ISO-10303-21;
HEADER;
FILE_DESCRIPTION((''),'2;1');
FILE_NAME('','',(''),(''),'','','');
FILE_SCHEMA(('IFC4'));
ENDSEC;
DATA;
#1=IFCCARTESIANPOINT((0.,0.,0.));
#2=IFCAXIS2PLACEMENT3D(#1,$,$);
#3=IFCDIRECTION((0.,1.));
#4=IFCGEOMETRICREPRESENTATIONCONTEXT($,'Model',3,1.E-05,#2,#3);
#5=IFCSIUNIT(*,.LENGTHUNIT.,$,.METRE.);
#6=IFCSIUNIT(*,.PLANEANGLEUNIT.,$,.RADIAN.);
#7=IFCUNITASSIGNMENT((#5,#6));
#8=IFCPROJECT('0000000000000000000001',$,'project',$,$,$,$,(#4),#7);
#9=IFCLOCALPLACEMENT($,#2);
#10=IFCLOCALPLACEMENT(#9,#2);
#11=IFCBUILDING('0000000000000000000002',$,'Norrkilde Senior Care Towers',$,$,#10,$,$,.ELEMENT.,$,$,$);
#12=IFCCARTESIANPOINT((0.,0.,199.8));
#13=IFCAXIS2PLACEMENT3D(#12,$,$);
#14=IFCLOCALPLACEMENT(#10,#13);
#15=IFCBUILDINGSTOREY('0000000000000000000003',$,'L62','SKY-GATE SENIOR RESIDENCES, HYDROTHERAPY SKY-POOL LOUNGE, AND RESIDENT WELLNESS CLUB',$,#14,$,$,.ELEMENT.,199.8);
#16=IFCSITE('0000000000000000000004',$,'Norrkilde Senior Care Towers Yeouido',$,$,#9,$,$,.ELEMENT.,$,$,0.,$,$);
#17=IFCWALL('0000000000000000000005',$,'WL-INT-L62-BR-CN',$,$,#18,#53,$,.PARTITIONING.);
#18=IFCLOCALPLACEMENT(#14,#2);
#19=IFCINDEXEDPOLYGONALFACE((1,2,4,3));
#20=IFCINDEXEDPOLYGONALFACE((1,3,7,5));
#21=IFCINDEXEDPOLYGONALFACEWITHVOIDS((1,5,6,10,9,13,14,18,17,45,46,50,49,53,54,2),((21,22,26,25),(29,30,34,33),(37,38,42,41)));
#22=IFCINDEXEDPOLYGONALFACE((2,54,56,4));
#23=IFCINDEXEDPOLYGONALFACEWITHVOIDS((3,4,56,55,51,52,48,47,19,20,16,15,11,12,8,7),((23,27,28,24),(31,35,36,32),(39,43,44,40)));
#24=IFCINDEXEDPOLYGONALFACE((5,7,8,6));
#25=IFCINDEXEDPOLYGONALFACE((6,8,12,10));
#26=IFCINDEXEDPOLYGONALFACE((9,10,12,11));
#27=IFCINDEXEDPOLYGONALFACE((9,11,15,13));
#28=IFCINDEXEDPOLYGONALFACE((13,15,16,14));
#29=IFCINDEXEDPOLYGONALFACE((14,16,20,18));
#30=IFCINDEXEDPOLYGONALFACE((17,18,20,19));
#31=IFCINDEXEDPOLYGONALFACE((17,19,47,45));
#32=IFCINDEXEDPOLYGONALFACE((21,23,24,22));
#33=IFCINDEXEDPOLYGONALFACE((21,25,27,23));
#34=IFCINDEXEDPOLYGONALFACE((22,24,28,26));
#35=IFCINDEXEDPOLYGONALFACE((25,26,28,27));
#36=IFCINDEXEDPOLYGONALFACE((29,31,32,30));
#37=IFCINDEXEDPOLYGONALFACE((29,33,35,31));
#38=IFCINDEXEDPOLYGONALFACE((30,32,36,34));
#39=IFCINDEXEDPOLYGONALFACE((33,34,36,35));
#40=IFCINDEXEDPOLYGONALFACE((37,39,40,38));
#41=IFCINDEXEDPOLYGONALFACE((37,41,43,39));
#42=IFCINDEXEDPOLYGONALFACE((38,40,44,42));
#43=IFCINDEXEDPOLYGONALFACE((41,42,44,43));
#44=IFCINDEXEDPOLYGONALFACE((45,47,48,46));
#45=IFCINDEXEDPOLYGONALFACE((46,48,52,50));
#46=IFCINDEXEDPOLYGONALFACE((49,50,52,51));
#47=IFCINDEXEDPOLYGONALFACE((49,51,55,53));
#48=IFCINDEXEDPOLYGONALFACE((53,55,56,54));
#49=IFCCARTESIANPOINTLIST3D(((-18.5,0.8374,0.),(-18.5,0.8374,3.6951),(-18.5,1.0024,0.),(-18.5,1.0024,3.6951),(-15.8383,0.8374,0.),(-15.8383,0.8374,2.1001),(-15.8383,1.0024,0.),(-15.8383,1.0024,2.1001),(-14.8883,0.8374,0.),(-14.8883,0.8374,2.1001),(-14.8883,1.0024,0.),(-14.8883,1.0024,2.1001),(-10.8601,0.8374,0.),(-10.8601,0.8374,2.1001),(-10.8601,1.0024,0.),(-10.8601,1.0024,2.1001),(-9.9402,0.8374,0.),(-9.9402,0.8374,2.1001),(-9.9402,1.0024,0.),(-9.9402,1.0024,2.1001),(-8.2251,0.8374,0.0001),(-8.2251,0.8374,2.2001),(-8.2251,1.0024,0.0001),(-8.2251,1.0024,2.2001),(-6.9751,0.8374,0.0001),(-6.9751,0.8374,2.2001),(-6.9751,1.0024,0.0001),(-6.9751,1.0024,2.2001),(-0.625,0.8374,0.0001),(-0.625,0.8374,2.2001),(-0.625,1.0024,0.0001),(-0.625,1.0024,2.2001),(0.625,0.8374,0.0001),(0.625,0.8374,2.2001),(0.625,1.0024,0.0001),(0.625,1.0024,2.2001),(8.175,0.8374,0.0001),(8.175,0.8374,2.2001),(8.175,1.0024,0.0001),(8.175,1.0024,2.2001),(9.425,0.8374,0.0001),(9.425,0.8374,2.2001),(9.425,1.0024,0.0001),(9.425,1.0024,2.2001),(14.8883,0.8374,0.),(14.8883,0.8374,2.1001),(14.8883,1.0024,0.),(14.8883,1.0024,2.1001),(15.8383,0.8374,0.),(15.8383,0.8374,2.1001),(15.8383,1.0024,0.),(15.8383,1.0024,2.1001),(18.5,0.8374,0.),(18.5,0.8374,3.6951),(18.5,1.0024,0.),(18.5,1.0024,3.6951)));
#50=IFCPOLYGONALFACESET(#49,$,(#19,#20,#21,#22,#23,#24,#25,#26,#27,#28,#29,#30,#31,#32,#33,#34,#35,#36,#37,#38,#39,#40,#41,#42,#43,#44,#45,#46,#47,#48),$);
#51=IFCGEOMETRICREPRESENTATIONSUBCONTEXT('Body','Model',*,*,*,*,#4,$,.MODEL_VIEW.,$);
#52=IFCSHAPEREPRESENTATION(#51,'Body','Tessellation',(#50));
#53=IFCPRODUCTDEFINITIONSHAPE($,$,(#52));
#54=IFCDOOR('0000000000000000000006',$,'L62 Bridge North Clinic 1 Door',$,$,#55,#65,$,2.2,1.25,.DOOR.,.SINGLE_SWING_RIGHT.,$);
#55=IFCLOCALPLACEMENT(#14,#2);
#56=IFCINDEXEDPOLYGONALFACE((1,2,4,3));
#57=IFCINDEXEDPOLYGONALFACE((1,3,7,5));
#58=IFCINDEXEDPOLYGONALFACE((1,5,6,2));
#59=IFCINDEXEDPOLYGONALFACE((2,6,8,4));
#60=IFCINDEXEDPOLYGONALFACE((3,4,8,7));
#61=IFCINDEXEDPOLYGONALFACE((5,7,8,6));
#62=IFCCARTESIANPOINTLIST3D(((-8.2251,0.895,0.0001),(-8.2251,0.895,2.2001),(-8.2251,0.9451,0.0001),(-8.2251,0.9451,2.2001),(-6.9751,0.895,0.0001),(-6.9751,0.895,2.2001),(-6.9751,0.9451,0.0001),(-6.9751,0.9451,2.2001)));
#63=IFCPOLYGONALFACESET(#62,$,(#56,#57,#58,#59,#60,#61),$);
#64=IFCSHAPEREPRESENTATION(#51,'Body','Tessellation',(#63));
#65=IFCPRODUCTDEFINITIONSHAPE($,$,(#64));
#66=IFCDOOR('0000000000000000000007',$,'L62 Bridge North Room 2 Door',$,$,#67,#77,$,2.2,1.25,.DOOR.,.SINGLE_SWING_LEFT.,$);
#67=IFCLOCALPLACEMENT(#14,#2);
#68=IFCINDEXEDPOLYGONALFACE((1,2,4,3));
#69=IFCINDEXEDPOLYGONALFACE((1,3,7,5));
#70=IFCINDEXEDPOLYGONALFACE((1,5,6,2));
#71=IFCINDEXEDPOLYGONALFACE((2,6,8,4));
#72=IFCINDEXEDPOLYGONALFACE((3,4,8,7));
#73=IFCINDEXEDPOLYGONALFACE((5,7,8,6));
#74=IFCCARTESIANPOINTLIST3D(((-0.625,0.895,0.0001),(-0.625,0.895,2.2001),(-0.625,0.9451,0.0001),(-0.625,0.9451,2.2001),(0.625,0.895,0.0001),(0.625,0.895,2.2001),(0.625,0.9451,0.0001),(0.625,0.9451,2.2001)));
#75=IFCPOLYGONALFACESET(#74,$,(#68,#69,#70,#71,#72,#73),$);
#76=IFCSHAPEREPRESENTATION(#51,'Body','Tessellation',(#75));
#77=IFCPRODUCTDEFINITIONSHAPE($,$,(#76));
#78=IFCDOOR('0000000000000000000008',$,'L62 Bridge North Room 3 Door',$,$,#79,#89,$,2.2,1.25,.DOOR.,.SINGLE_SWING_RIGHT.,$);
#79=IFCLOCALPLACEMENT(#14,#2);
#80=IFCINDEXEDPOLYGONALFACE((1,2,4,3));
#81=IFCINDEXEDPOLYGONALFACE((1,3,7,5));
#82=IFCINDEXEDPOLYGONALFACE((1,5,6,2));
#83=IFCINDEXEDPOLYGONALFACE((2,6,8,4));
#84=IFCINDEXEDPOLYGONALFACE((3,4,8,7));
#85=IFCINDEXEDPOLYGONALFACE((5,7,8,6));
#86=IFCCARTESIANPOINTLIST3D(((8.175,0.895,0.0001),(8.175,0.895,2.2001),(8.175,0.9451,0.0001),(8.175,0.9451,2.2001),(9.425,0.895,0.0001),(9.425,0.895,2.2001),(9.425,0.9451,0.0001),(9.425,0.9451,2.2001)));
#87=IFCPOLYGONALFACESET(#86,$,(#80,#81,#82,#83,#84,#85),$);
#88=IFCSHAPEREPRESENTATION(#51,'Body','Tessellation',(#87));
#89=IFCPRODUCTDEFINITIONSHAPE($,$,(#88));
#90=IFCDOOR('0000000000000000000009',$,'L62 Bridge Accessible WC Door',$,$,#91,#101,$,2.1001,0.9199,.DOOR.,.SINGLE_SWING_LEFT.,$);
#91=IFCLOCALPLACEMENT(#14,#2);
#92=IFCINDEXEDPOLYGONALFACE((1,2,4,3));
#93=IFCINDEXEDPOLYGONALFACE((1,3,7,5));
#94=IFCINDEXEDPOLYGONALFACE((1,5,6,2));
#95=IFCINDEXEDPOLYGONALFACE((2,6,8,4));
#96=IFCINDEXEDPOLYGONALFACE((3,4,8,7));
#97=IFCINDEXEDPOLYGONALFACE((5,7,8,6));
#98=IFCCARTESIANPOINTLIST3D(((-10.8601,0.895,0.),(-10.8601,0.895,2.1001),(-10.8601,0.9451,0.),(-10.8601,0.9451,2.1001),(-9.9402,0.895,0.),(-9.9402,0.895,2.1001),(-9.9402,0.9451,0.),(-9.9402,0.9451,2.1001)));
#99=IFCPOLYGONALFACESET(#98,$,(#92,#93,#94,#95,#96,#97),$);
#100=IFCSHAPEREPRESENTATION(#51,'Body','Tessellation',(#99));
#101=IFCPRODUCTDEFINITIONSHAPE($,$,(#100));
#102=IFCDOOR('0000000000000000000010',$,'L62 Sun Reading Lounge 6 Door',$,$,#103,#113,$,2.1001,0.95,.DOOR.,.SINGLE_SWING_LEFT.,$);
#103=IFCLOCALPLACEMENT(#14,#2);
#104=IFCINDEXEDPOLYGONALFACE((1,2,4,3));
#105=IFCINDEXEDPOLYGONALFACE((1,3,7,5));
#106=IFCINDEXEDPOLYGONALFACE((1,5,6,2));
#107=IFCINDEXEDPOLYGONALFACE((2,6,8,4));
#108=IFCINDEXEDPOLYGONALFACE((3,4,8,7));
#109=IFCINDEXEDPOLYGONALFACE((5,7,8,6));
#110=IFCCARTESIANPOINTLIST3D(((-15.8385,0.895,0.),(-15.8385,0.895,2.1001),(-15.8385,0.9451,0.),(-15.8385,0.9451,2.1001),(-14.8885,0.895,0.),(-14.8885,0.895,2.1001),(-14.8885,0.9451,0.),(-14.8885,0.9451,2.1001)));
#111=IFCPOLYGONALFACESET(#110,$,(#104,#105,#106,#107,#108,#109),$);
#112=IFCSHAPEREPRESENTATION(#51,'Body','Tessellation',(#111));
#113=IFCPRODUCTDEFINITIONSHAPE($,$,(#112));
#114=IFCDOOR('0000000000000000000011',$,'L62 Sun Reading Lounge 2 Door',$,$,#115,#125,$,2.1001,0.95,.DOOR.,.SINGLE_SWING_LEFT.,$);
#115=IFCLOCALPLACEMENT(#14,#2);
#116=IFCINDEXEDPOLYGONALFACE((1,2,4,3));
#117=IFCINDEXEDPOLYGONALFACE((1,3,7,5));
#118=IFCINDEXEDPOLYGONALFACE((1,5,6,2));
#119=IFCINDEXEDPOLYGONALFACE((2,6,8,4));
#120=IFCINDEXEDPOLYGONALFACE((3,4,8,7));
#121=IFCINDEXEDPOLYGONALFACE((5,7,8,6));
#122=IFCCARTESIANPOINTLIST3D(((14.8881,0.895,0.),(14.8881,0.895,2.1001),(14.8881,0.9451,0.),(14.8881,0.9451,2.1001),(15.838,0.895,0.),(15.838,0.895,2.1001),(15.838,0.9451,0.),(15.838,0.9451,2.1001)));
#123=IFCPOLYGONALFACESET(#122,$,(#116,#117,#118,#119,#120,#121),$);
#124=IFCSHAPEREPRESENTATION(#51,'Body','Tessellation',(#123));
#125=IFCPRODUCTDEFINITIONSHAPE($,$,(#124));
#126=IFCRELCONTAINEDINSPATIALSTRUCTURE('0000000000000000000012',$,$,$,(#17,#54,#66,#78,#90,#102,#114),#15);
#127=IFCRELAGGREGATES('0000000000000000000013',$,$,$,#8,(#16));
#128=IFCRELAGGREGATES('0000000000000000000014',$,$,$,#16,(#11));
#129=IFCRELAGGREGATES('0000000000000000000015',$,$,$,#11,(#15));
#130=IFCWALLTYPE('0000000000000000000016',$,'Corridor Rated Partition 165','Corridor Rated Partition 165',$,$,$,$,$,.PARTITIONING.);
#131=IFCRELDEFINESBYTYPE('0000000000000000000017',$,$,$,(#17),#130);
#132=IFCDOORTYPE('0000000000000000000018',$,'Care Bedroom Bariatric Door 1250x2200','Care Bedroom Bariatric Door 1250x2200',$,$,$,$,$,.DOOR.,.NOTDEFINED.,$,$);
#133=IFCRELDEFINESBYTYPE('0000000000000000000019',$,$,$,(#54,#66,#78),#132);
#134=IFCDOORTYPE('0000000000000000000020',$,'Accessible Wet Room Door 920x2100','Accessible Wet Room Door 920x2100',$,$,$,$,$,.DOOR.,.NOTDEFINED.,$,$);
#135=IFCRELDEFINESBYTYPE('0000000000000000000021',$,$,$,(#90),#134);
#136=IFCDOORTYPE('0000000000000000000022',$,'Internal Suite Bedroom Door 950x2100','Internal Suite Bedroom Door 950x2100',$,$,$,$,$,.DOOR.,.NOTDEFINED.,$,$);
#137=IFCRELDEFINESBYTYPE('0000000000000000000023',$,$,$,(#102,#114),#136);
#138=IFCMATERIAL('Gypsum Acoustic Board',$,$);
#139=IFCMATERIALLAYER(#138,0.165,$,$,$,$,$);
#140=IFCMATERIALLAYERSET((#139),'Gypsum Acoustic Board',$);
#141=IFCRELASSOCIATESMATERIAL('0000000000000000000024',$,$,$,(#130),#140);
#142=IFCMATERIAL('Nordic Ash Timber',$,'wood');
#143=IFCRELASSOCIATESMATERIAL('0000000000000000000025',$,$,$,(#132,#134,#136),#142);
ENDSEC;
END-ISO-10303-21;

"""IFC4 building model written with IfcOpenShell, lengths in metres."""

from ifc_helpers import new_model, si_unit, direction, frame, frame_2d, origin, place, context, subcontext, project, spatial, rectangle, extrude, source, transform, mapped, material, layer, layer_set, type_object, type_shapes, element, fill, save


model = new_model("IFC4")

# Units and contexts
model_context = context("Model", 3, precision=1e-05, world=origin(), true_north=direction((0.0, 1.0)))
body_context = subcontext(model_context, "Body", "Model", "MODEL_VIEW")
ifc_project = project(units=[si_unit("LENGTHUNIT", "METRE"), si_unit("PLANEANGLEUNIT", "RADIAN")], contexts=[model_context])

# Site, building, storey
site_placement = place(None, origin())
site = spatial("IfcSite", under=ifc_project, at=site_placement, Name="Norrkilde Senior Care Towers Yeouido", CompositionType="ELEMENT", RefElevation=0.0)
building_placement = place(site_placement, origin())
building = spatial("IfcBuilding", under=site, at=building_placement, Name="Norrkilde Senior Care Towers", CompositionType="ELEMENT")
storey_placement = place(building_placement, frame((0.0, 0.0, 199.8)))
storey = spatial("IfcBuildingStorey", under=building, at=storey_placement, Name="L62", Description="SKY-GATE SENIOR RESIDENCES, HYDROTHERAPY SKY-POOL LOUNGE, AND RESIDENT WELLNESS CLUB", CompositionType="ELEMENT", Elevation=199.8)

# Shared definitions
ifc_material_1 = material(Name="Gypsum Acoustic Board")
ifc_layer_1 = layer(ifc_material_1, 0.165)
ifc_layer_set_1 = layer_set([ifc_layer_1], Name="Gypsum Acoustic Board")
wall_type = type_object("IfcWallType", Name="Corridor Rated Partition 165", Description="Corridor Rated Partition 165", PredefinedType="PARTITIONING", material=ifc_layer_set_1)
ifc_material_2 = material(Name="Nordic Ash Timber", Category="wood")
door_type_1 = type_object("IfcDoorType", Name="Care Bedroom Bariatric Door 1250x2200", Description="Care Bedroom Bariatric Door 1250x2200", OperationType="NOTDEFINED", PredefinedType="DOOR", material=ifc_material_2)
shared_shape_1 = source(origin(), body_context, "Body", "SweptSolid", [
    extrude(rectangle(XDim=1.25, YDim=2.2, at=frame_2d((0.625, 1.1001))), frame((0.0, 0.0249, 0.0), z_axis=(0.0, -1.0, 0.0), x_axis=(1.0, 0.0, 0.0)), (0.0, 0.0, 1.0), 0.05),
])
type_shapes(door_type_1, [shared_shape_1])

# Wall, openings, doors
shared_shape_2 = source(origin(), body_context, "Body", "SweptSolid", [
    extrude(rectangle(XDim=37.0, YDim=0.165, at=frame_2d((18.5, 0.0))), origin(), (0.0, 0.0, 1.0), 3.6951),
])
wall_1_placement = place(storey_placement, frame((-18.5, 0.9199, 0.0), z_axis=(0.0, 0.0, 1.0), x_axis=(1.0, 0.0, 0.0)))
wall_1 = element("IfcWall", 1, at=wall_1_placement, inside=storey, type_object=wall_type, Name="WL-INT-L62-BR-CN", PredefinedType="PARTITIONING", context=body_context, shape_type="MappedRepresentation", body=[
    mapped(shared_shape_2, transform((0.0, 0.0, 0.0), x_axis=(1.0, 0.0, 0.0), y_axis=(0.0, 1.0, 0.0), z_axis=(0.0, 0.0, 1.0), scale=1.0)),
])
opening_1_placement = place(wall_1_placement, frame((2.6616, 0.0, 0.0)))
opening_1 = element("IfcOpeningElement", 2, at=opening_1_placement, cuts=wall_1, PredefinedType="OPENING", context=body_context, shape_type="SweptSolid", body=[
    extrude(rectangle(XDim=0.95, YDim=2.1001, at=frame_2d((0.4751, 1.05))), frame((0.0, 0.0925, 0.0), z_axis=(0.0, -1.0, 0.0), x_axis=(1.0, 0.0, 0.0)), (0.0, 0.0, 1.0), 0.1851),
])
opening_2_placement = place(wall_1_placement, frame((33.3882, 0.0, 0.0)))
opening_2 = element("IfcOpeningElement", 3, at=opening_2_placement, cuts=wall_1, PredefinedType="OPENING", context=body_context, shape_type="SweptSolid", body=[
    extrude(rectangle(XDim=0.95, YDim=2.1001, at=frame_2d((0.4751, 1.05))), frame((0.0, 0.0925, 0.0), z_axis=(0.0, -1.0, 0.0), x_axis=(1.0, 0.0, 0.0)), (0.0, 0.0, 1.0), 0.1851),
])
opening_3_placement = place(wall_1_placement, frame((7.6399, 0.0, 0.0)))
opening_3 = element("IfcOpeningElement", 4, at=opening_3_placement, cuts=wall_1, PredefinedType="OPENING", context=body_context, shape_type="SweptSolid", body=[
    extrude(rectangle(XDim=0.9199, YDim=2.1001, at=frame_2d((0.46, 1.05))), frame((0.0, 0.0925, 0.0), z_axis=(0.0, -1.0, 0.0), x_axis=(1.0, 0.0, 0.0)), (0.0, 0.0, 1.0), 0.1851),
])
opening_4_placement = place(wall_1_placement, frame((10.2749, 0.0, 0.0)))
opening_4 = element("IfcOpeningElement", 5, at=opening_4_placement, cuts=wall_1, PredefinedType="OPENING", context=body_context, shape_type="SweptSolid", body=[
    extrude(rectangle(XDim=1.25, YDim=2.2, at=frame_2d((0.625, 1.1001))), frame((0.0, 0.0925, 0.0), z_axis=(0.0, -1.0, 0.0), x_axis=(1.0, 0.0, 0.0)), (0.0, 0.0, 1.0), 0.1851),
])
opening_5_placement = place(wall_1_placement, frame((17.875, 0.0, 0.0)))
opening_5 = element("IfcOpeningElement", 6, at=opening_5_placement, cuts=wall_1, PredefinedType="OPENING", context=body_context, shape_type="SweptSolid", body=[
    extrude(rectangle(XDim=1.25, YDim=2.2, at=frame_2d((0.625, 1.1001))), frame((0.0, 0.0925, 0.0), z_axis=(0.0, -1.0, 0.0), x_axis=(1.0, 0.0, 0.0)), (0.0, 0.0, 1.0), 0.1851),
])
opening_6_placement = place(wall_1_placement, frame((26.675, 0.0, 0.0)))
opening_6 = element("IfcOpeningElement", 7, at=opening_6_placement, cuts=wall_1, PredefinedType="OPENING", context=body_context, shape_type="SweptSolid", body=[
    extrude(rectangle(XDim=1.25, YDim=2.2, at=frame_2d((0.625, 1.1001))), frame((0.0, 0.0925, 0.0), z_axis=(0.0, -1.0, 0.0), x_axis=(1.0, 0.0, 0.0)), (0.0, 0.0, 1.0), 0.1851),
])
door_1_placement = place(opening_4_placement, frame((1.25, 0.0, 0.0), z_axis=(0.0, 0.0, 1.0), x_axis=(-1.0, 0.0, 0.0)))
door_1 = element("IfcDoor", 8, at=door_1_placement, inside=storey, type_object=door_type_1, Name="L62 Bridge North Clinic 1 Door", OperationType="SINGLE_SWING_RIGHT", OverallHeight=2.2, OverallWidth=1.25, PredefinedType="DOOR", context=body_context, shape_type="MappedRepresentation", body=[
    mapped(shared_shape_1, transform((0.0, 0.0, 0.0), x_axis=(1.0, 0.0, 0.0), y_axis=(0.0, 1.0, 0.0), z_axis=(0.0, 0.0, 1.0), scale=1.0)),
])
fill(opening_4, door_1)
door_2_placement = place(opening_5_placement, frame((1.25, 0.0, 0.0), z_axis=(0.0, 0.0, 1.0), x_axis=(-1.0, 0.0, 0.0)))
door_2 = element("IfcDoor", 9, at=door_2_placement, inside=storey, type_object=door_type_1, Name="L62 Bridge North Room 2 Door", OperationType="SINGLE_SWING_LEFT", OverallHeight=2.2, OverallWidth=1.25, PredefinedType="DOOR", context=body_context, shape_type="MappedRepresentation", body=[
    mapped(shared_shape_1, transform((0.0, 0.0, 0.0), x_axis=(1.0, 0.0, 0.0), y_axis=(0.0, 1.0, 0.0), z_axis=(0.0, 0.0, 1.0), scale=1.0)),
])
fill(opening_5, door_2)
door_3_placement = place(opening_6_placement, frame((1.25, 0.0, 0.0), z_axis=(0.0, 0.0, 1.0), x_axis=(-1.0, 0.0, 0.0)))
door_3 = element("IfcDoor", 10, at=door_3_placement, inside=storey, type_object=door_type_1, Name="L62 Bridge North Room 3 Door", OperationType="SINGLE_SWING_RIGHT", OverallHeight=2.2, OverallWidth=1.25, PredefinedType="DOOR", context=body_context, shape_type="MappedRepresentation", body=[
    mapped(shared_shape_1, transform((0.0, 0.0, 0.0), x_axis=(1.0, 0.0, 0.0), y_axis=(0.0, 1.0, 0.0), z_axis=(0.0, 0.0, 1.0), scale=1.0)),
])
fill(opening_6, door_3)
door_type_2 = type_object("IfcDoorType", Name="Accessible Wet Room Door 920x2100", Description="Accessible Wet Room Door 920x2100", OperationType="NOTDEFINED", PredefinedType="DOOR", material=ifc_material_2)
shared_shape_3 = source(origin(), body_context, "Body", "SweptSolid", [
    extrude(rectangle(XDim=0.9199, YDim=2.1001, at=frame_2d((0.46, 1.05))), frame((0.0, 0.0249, 0.0), z_axis=(0.0, -1.0, 0.0), x_axis=(1.0, 0.0, 0.0)), (0.0, 0.0, 1.0), 0.05),
])
type_shapes(door_type_2, [shared_shape_3])
door_4_placement = place(opening_3_placement, frame((0.9199, 0.0, 0.0), z_axis=(0.0, 0.0, 1.0), x_axis=(-1.0, 0.0, 0.0)))
door_4 = element("IfcDoor", 11, at=door_4_placement, inside=storey, type_object=door_type_2, Name="L62 Bridge Accessible WC Door", OperationType="SINGLE_SWING_LEFT", OverallHeight=2.1001, OverallWidth=0.9199, PredefinedType="DOOR", context=body_context, shape_type="MappedRepresentation", body=[
    mapped(shared_shape_3, transform((0.0, 0.0, 0.0), x_axis=(1.0, 0.0, 0.0), y_axis=(0.0, 1.0, 0.0), z_axis=(0.0, 0.0, 1.0), scale=1.0)),
])
fill(opening_3, door_4)
door_type_3 = type_object("IfcDoorType", Name="Internal Suite Bedroom Door 950x2100", Description="Internal Suite Bedroom Door 950x2100", OperationType="NOTDEFINED", PredefinedType="DOOR", material=ifc_material_2)
shared_shape_4 = source(origin(), body_context, "Body", "SweptSolid", [
    extrude(rectangle(XDim=0.95, YDim=2.1001, at=frame_2d((0.4751, 1.05))), frame((0.0, 0.0249, 0.0), z_axis=(0.0, -1.0, 0.0), x_axis=(1.0, 0.0, 0.0)), (0.0, 0.0, 1.0), 0.05),
])
type_shapes(door_type_3, [shared_shape_4])
door_5_placement = place(opening_1_placement, frame((0.95, 0.0, 0.0), z_axis=(0.0, 0.0, 1.0), x_axis=(-1.0, 0.0, 0.0)))
door_5 = element("IfcDoor", 12, at=door_5_placement, inside=storey, type_object=door_type_3, Name="L62 Sun Reading Lounge 6 Door", OperationType="SINGLE_SWING_LEFT", OverallHeight=2.1001, OverallWidth=0.95, PredefinedType="DOOR", context=body_context, shape_type="MappedRepresentation", body=[
    mapped(shared_shape_4, transform((0.0, 0.0, 0.0), x_axis=(1.0, 0.0, 0.0), y_axis=(0.0, 1.0, 0.0), z_axis=(0.0, 0.0, 1.0), scale=1.0)),
])
fill(opening_1, door_5)
door_6_placement = place(opening_2_placement, frame((0.95, 0.0, 0.0), z_axis=(0.0, 0.0, 1.0), x_axis=(-1.0, 0.0, 0.0)))
door_6 = element("IfcDoor", 13, at=door_6_placement, inside=storey, type_object=door_type_3, Name="L62 Sun Reading Lounge 2 Door", OperationType="SINGLE_SWING_LEFT", OverallHeight=2.1001, OverallWidth=0.95, PredefinedType="DOOR", context=body_context, shape_type="MappedRepresentation", body=[
    mapped(shared_shape_4, transform((0.0, 0.0, 0.0), x_axis=(1.0, 0.0, 0.0), y_axis=(0.0, 1.0, 0.0), z_axis=(0.0, 0.0, 1.0), scale=1.0)),
])
fill(opening_2, door_6)

save(model, "model.ifc")
